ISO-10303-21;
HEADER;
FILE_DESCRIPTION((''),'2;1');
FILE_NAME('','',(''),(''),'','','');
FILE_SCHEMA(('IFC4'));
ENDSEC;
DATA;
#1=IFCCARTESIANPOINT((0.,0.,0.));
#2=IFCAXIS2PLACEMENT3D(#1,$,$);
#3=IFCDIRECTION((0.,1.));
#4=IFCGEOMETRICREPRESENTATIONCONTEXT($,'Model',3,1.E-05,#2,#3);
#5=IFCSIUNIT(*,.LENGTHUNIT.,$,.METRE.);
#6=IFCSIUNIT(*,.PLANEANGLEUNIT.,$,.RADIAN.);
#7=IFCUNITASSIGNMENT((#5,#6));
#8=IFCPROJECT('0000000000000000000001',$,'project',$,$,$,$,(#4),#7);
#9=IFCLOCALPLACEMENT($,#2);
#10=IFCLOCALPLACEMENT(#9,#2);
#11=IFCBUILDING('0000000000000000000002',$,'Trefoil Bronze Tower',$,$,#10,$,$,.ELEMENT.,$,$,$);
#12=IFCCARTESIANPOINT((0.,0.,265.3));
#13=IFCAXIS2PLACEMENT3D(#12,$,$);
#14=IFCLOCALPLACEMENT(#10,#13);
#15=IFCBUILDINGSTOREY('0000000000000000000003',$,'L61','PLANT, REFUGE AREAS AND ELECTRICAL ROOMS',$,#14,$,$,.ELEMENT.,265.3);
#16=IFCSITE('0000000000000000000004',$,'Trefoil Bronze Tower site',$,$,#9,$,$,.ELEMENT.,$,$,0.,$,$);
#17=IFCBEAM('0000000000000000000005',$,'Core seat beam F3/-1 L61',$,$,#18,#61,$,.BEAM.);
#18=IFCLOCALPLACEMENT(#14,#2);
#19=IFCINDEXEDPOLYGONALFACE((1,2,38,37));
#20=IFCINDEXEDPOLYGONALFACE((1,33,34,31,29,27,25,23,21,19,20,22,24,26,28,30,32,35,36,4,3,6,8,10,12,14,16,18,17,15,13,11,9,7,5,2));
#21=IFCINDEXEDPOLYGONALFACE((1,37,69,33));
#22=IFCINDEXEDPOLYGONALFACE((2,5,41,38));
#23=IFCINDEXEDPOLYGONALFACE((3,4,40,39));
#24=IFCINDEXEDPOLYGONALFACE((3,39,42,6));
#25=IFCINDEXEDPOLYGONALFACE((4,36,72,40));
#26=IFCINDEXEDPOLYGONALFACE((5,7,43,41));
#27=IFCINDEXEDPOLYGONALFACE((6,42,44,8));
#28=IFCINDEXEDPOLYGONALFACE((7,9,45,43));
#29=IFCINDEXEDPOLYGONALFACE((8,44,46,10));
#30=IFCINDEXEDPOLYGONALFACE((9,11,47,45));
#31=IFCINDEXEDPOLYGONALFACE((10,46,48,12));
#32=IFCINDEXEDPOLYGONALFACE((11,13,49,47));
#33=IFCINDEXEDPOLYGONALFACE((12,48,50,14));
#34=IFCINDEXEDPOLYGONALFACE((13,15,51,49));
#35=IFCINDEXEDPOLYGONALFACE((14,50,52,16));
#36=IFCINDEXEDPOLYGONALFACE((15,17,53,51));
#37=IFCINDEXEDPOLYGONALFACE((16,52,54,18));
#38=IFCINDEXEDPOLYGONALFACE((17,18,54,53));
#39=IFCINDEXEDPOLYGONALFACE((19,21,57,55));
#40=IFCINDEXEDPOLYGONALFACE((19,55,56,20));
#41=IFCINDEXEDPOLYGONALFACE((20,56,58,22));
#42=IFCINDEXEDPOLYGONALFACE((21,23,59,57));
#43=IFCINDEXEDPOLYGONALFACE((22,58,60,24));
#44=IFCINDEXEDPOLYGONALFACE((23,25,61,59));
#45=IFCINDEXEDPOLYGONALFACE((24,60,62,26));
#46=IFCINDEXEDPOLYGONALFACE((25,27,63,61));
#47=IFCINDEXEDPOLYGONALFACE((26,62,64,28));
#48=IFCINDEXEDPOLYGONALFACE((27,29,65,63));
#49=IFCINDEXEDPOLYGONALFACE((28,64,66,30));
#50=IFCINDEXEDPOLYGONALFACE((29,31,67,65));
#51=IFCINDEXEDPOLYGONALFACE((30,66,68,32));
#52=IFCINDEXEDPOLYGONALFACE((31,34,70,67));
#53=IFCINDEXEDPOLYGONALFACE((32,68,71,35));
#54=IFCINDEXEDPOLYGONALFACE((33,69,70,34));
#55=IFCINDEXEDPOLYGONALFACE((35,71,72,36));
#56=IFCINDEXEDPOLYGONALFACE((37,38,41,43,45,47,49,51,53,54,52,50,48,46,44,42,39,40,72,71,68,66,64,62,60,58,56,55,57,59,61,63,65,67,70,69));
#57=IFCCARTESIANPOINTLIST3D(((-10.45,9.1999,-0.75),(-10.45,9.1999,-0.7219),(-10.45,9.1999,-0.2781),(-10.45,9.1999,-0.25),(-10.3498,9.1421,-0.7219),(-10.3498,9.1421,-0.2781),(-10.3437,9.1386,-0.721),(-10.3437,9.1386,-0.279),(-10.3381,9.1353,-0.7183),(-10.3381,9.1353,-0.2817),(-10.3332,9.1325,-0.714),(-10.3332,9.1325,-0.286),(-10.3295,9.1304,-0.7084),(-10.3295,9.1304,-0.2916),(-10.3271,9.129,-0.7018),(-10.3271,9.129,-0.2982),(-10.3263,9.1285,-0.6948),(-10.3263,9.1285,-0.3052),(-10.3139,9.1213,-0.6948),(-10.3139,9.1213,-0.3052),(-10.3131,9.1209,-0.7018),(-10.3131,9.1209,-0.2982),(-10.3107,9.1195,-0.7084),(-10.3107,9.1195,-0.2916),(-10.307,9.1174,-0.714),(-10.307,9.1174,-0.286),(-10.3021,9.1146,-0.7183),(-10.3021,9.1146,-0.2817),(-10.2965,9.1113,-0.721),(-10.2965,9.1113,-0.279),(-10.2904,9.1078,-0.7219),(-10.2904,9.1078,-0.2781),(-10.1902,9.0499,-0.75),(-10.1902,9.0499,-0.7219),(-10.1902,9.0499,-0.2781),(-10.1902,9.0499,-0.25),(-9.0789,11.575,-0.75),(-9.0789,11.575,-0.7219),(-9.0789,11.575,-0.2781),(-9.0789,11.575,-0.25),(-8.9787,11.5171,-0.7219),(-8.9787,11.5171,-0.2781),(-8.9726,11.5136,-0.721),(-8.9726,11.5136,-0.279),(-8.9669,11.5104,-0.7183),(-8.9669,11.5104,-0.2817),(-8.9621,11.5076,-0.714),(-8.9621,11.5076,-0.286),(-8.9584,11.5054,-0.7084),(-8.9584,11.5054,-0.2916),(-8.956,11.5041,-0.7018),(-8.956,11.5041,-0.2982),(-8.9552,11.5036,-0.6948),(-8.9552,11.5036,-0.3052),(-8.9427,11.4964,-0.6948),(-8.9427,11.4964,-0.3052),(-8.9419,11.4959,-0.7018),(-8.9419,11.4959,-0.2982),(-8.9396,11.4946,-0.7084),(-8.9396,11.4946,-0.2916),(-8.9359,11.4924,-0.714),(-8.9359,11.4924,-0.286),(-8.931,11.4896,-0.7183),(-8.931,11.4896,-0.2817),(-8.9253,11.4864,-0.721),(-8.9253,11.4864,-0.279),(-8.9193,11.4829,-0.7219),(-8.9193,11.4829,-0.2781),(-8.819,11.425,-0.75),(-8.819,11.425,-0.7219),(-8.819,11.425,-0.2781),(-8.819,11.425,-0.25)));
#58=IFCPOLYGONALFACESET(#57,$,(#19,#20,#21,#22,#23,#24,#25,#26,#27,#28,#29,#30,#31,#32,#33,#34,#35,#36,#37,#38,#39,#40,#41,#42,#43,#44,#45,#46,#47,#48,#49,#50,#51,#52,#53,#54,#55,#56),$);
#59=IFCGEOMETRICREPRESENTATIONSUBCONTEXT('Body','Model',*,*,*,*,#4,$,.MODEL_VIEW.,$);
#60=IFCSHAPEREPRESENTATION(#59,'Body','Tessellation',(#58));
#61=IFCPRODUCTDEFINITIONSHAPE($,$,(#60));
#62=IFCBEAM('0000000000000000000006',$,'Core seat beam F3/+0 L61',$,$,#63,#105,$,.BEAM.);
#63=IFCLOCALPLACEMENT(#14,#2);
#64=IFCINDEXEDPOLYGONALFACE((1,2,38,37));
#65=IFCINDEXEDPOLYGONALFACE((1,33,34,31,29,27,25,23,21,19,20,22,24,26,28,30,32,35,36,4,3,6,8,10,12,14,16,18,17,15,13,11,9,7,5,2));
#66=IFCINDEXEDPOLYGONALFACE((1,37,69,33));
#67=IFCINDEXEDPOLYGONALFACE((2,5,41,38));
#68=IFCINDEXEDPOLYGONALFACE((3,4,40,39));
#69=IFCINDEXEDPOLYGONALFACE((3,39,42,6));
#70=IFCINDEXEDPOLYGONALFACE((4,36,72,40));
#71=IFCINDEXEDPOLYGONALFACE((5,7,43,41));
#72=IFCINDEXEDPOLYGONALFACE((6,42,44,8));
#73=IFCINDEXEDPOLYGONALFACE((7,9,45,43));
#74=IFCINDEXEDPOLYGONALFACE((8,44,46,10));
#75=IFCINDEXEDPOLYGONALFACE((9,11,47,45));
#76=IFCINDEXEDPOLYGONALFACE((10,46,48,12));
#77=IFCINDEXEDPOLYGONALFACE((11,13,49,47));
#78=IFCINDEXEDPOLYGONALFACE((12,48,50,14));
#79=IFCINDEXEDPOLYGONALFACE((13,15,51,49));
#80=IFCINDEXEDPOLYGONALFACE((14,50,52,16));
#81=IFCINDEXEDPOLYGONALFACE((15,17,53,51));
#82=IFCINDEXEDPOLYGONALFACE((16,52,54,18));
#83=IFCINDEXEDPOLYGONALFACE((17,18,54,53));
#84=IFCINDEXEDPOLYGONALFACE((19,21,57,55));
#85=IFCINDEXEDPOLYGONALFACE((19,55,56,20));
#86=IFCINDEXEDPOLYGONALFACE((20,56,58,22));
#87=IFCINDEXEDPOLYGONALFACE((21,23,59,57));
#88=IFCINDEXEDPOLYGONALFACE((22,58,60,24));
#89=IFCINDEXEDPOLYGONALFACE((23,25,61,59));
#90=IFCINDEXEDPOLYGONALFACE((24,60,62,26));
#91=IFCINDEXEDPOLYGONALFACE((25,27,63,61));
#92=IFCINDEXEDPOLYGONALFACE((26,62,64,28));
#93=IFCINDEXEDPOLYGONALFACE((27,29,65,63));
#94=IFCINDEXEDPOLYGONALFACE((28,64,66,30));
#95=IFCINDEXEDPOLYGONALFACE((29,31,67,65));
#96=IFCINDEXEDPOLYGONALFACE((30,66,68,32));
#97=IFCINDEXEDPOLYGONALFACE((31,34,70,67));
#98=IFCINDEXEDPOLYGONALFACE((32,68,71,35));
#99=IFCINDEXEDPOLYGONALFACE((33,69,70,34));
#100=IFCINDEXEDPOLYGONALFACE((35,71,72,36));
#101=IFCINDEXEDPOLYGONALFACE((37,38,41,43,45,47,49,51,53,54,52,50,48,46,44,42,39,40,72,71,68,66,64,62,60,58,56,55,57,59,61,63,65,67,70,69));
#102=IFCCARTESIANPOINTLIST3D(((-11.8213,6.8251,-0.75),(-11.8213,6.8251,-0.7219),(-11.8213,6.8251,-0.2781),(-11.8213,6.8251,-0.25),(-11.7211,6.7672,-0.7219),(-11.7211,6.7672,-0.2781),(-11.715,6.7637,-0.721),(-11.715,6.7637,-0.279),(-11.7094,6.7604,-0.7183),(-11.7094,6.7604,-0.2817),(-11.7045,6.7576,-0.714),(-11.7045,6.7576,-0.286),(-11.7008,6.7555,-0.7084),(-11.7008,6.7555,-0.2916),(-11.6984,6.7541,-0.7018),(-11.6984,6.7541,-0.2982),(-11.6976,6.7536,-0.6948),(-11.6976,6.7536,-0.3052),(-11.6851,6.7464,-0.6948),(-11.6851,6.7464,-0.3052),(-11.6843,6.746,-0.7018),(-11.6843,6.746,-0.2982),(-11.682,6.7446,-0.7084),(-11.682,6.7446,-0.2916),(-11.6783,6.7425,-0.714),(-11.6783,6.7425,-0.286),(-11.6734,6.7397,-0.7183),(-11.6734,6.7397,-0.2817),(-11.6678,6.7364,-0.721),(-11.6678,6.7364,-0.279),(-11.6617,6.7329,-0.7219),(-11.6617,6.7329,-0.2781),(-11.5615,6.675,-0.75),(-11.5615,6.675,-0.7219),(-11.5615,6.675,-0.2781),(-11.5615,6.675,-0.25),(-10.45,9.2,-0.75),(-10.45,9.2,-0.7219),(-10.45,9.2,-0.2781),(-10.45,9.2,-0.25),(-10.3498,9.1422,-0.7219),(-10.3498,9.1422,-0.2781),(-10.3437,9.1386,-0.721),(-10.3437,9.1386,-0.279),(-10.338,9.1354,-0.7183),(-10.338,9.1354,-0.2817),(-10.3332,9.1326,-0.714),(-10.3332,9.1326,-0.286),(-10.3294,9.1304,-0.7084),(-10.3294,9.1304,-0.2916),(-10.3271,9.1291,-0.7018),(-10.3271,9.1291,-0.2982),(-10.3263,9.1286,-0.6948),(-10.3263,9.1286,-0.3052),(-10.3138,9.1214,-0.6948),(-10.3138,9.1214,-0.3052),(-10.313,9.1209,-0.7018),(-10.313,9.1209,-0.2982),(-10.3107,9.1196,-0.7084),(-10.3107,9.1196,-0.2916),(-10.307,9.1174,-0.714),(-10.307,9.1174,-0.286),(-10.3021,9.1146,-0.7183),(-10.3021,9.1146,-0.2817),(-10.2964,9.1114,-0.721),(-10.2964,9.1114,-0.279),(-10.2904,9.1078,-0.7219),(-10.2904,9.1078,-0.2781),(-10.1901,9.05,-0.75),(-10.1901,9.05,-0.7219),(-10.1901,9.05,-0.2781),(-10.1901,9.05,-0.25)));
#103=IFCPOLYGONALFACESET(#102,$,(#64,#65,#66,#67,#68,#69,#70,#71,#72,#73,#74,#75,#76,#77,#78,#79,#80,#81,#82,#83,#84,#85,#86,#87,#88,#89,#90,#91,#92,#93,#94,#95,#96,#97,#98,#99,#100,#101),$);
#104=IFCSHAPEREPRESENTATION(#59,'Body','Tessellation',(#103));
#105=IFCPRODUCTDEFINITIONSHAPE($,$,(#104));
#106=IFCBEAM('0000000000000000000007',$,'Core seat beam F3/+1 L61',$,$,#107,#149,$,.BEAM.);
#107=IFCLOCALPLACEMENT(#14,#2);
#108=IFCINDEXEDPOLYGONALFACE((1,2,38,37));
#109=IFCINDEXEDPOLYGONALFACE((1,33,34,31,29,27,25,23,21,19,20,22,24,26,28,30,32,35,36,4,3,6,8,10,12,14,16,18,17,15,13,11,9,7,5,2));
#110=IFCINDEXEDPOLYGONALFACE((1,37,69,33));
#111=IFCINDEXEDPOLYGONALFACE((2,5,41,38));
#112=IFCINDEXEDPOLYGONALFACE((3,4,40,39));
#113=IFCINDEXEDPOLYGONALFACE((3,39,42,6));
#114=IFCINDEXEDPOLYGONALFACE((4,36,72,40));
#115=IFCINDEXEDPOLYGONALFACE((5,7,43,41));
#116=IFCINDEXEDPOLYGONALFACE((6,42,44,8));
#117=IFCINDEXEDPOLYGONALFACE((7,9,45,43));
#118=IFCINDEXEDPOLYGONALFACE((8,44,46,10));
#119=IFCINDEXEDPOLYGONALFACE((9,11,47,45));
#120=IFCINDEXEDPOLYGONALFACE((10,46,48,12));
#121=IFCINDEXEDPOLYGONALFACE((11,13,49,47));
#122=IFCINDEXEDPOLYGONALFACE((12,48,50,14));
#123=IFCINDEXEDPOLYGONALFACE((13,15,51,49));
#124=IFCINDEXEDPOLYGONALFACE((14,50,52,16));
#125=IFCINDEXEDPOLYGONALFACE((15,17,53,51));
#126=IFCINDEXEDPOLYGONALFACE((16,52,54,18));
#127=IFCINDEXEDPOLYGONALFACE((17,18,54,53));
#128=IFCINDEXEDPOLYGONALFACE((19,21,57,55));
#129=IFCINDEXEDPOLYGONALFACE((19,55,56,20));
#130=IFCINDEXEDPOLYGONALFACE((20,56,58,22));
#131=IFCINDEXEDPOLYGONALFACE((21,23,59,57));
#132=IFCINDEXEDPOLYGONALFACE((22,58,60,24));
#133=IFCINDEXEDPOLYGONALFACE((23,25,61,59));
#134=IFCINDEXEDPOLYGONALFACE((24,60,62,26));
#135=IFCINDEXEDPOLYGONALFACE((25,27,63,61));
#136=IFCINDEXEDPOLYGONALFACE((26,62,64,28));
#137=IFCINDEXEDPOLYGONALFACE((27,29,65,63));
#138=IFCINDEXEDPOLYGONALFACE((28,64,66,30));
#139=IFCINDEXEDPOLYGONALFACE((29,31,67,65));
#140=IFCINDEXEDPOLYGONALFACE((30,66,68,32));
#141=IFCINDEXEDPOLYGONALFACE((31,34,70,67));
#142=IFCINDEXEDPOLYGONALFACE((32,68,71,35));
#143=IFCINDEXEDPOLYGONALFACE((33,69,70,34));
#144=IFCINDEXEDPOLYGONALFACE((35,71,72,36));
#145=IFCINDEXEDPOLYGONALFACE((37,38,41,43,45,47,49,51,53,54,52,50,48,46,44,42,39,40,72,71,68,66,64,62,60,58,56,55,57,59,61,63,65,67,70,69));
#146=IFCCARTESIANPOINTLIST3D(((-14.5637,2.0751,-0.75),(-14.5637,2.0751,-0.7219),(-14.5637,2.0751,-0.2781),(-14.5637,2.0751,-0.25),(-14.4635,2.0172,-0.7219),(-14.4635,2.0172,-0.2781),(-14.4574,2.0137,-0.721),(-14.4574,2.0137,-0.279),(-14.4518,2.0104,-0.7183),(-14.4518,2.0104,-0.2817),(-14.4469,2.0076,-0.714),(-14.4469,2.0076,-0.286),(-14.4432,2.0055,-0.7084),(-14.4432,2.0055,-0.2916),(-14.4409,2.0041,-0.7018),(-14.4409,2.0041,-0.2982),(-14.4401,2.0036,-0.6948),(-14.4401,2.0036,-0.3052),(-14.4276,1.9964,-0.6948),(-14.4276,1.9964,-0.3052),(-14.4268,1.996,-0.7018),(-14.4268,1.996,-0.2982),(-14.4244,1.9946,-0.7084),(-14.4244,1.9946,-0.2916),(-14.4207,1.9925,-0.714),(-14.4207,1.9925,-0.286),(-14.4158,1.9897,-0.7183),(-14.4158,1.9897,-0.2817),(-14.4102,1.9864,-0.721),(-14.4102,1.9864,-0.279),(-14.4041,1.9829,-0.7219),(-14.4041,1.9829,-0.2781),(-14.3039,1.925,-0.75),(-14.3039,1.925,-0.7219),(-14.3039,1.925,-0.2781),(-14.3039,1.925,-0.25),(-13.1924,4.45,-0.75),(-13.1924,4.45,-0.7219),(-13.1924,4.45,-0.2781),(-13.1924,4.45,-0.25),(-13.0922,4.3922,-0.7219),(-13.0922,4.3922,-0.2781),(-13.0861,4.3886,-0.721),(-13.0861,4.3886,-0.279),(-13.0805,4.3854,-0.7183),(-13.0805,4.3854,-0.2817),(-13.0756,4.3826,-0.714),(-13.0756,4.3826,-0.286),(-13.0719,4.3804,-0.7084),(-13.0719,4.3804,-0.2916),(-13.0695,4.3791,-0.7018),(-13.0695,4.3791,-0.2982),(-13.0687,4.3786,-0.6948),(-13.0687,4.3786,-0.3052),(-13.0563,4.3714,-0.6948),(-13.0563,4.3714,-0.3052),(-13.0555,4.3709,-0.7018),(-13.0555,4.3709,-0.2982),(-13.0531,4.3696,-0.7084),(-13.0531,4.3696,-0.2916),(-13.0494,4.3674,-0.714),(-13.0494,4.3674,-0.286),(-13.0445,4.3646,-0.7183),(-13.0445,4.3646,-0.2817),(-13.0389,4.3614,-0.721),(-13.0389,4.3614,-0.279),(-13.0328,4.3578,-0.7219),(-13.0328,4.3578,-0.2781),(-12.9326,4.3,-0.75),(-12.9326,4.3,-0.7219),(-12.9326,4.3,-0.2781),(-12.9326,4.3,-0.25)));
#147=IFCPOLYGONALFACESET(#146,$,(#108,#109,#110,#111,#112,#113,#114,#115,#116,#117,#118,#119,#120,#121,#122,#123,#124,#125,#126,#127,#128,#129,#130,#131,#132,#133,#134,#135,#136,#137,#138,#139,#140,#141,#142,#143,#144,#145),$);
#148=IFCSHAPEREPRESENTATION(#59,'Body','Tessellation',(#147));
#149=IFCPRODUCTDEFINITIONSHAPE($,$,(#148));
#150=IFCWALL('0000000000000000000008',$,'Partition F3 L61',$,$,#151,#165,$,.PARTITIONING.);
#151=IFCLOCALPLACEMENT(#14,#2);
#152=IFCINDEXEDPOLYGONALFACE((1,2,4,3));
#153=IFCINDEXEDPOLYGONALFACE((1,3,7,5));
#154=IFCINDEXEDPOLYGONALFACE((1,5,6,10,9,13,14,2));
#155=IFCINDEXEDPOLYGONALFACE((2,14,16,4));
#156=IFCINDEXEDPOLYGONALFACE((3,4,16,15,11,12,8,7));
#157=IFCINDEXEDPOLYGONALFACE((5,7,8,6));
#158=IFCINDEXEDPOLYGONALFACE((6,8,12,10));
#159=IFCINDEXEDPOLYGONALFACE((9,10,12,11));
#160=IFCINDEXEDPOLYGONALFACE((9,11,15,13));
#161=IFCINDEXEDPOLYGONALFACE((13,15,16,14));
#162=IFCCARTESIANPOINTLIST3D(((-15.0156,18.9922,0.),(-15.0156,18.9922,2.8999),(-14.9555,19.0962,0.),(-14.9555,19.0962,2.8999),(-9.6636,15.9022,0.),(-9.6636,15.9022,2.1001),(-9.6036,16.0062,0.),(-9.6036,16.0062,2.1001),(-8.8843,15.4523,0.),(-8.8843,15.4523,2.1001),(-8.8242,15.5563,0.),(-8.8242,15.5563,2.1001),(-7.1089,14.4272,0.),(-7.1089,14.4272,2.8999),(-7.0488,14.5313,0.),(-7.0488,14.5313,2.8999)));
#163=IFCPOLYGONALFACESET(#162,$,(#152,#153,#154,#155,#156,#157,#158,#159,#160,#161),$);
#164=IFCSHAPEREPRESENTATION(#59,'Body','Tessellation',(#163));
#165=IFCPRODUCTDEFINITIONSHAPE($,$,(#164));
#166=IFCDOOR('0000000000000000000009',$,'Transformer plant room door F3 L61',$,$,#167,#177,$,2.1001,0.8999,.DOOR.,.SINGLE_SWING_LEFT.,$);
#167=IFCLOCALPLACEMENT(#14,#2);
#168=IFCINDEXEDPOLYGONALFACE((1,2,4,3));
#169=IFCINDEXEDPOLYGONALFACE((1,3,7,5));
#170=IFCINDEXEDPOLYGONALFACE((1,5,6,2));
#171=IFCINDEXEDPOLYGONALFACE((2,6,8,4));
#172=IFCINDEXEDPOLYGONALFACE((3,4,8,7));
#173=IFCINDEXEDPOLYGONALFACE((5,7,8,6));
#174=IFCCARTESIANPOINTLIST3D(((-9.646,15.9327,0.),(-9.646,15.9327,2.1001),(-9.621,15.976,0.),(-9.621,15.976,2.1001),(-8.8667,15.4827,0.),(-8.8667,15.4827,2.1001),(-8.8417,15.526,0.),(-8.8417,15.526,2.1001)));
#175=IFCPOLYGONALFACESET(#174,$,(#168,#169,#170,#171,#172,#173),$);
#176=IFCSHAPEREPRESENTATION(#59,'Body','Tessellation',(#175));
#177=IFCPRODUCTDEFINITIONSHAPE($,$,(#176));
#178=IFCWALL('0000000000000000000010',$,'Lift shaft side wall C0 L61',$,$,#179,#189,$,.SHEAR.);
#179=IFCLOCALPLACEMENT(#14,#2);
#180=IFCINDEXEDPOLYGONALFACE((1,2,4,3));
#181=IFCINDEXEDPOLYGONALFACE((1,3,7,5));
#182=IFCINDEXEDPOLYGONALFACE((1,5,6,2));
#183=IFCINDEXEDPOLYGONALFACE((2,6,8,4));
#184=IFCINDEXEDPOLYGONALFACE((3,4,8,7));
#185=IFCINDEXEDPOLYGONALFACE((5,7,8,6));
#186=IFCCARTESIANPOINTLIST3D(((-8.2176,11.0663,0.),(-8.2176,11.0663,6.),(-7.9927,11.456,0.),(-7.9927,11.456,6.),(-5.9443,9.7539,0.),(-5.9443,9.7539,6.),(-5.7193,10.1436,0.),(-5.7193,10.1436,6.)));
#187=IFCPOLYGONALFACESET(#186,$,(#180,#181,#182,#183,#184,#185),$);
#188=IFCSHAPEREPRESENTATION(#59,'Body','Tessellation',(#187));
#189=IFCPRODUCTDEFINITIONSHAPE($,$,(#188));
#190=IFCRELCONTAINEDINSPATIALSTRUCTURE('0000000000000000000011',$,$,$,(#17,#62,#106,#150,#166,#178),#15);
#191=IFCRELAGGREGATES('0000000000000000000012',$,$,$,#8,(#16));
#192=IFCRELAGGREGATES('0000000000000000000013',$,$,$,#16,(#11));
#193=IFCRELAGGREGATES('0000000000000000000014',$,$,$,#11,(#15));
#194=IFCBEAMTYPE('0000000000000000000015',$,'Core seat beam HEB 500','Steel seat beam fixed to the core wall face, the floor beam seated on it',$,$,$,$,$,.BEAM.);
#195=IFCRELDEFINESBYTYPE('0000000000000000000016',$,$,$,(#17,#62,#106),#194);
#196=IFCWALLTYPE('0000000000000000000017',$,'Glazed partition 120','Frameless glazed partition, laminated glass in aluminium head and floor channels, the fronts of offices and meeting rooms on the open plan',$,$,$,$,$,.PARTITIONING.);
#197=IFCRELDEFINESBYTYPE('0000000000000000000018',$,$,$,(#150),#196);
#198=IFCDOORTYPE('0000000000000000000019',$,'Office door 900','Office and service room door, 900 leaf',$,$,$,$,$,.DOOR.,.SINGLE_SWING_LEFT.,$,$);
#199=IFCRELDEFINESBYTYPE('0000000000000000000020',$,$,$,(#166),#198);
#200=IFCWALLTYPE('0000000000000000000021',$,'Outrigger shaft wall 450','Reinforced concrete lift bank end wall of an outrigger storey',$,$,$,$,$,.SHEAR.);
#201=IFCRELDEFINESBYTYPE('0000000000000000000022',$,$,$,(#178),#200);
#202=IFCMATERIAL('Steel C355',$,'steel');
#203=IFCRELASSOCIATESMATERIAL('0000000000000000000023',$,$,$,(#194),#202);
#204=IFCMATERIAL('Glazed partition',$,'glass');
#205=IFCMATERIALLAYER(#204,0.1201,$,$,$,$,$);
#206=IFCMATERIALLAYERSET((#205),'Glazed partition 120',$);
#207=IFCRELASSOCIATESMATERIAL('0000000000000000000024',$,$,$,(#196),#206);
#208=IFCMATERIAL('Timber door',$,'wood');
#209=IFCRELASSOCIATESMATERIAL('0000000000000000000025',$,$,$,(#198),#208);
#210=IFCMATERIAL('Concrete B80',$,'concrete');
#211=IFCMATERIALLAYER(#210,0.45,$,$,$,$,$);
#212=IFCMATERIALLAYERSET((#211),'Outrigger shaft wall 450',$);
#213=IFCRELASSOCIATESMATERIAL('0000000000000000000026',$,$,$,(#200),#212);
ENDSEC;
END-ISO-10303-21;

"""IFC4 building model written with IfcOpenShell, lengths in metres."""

from ifc_helpers import new_model, si_unit, direction, frame, frame_2d, origin, origin_2d, place, context, subcontext, project, spatial, rectangle, i_section, extrude, material, layer, layer_set, material_profile, profile_set, type_object, element, fill, save


model = new_model("IFC4")

# Units and contexts
model_context = context("Model", 3, precision=1e-05, world=origin(), true_north=direction((0.0, 1.0)))
body_context = subcontext(model_context, "Body", "Model", "MODEL_VIEW")
ifc_project = project(units=[si_unit("LENGTHUNIT", "METRE"), si_unit("PLANEANGLEUNIT", "RADIAN")], contexts=[model_context])

# Site, building, storey
site_placement = place(None, origin())
site = spatial("IfcSite", under=ifc_project, at=site_placement, Name="Trefoil Bronze Tower site", CompositionType="ELEMENT", RefElevation=0.0)
building_placement = place(site_placement, origin())
building = spatial("IfcBuilding", under=site, at=building_placement, Name="Trefoil Bronze Tower", CompositionType="ELEMENT")
storey_placement = place(building_placement, frame((0.0, 0.0, 265.3)))
storey = spatial("IfcBuildingStorey", under=building, at=storey_placement, Name="L61", Description="PLANT, REFUGE AREAS AND ELECTRICAL ROOMS", CompositionType="ELEMENT", Elevation=265.3)

# Beams
ifc_material_1 = material(Name="Steel C355", Category="steel")
ifc_material_profile = material_profile(ifc_material_1, i_section(OverallWidth=0.3, OverallDepth=0.5, WebThickness=0.0144, FlangeThickness=0.0281, FilletRadius=0.0271, at=origin_2d()), Name="HEB 500")
ifc_profile_set = profile_set([ifc_material_profile], Name="Steel C355")
beam_type = type_object("IfcBeamType", Name="Core seat beam HEB 500", Description="Steel seat beam fixed to the core wall face, the floor beam seated on it", PredefinedType="BEAM", material=ifc_profile_set)
for number, where, z_axis, x_axis, name in (
    (1, (-8.949, 11.5, -0.5), (-0.499969, -0.866043, 0.0), (0.866043, -0.499969, 0.0), "Core seat beam F3/-1 L61"),
    (2, (-10.3201, 9.125, -0.5), (-0.500036, -0.866005, 0.0), (0.866005, -0.500036, 0.0), "Core seat beam F3/+0 L61"),
    (3, (-13.0625, 4.375, -0.5), (-0.500036, -0.866005, 0.0), (0.866005, -0.500036, 0.0), "Core seat beam F3/+1 L61"),
):
    element("IfcBeam", number, at=place(storey_placement, frame(where, z_axis=z_axis, x_axis=x_axis)), inside=storey, type_object=beam_type, Name=name, PredefinedType="BEAM", context=body_context, shape_type="SweptSolid", body=[
        extrude(i_section(OverallWidth=0.3, OverallDepth=0.5, WebThickness=0.0144, FlangeThickness=0.0281, FilletRadius=0.0271, at=origin_2d()), origin(), (0.0, 0.0, 1.0), 2.7424),
    ])

# Wall, opening, door
ifc_material_2 = material(Name="Glazed partition", Category="glass")
ifc_layer_1 = layer(ifc_material_2, 0.1201)
ifc_layer_set_1 = layer_set([ifc_layer_1], Name="Glazed partition 120")
wall_type_1 = type_object("IfcWallType", Name="Glazed partition 120", Description="Frameless glazed partition, laminated glass in aluminium head and floor channels, the fronts of offices and meeting rooms on the open plan", PredefinedType="PARTITIONING", material=ifc_layer_set_1)
wall_1_placement = place(storey_placement, frame((-7.0789, 14.4792, 0.0), z_axis=(0.0, 0.0, 1.0), x_axis=(-0.866026, 0.499999, 0.0)))
wall_1 = element("IfcWall", 4, at=wall_1_placement, inside=storey, type_object=wall_type_1, Name="Partition F3 L61", PredefinedType="PARTITIONING", context=body_context, shape_type="SweptSolid", body=[
    extrude(rectangle(XDim=9.1299, YDim=0.1201, at=frame_2d((4.5649, 0.0))), origin(), (0.0, 0.0, 1.0), 2.8999),
])
opening_1_placement = place(wall_1_placement, frame((2.05, 0.0, 0.0)))
opening_1 = element("IfcOpeningElement", 5, at=opening_1_placement, cuts=wall_1, PredefinedType="OPENING", context=body_context, shape_type="SweptSolid", body=[
    extrude(rectangle(XDim=0.8999, YDim=2.1001, at=frame_2d((0.45, 1.05))), frame((0.0, 0.0701, 0.0), z_axis=(0.0, -1.0, 0.0), x_axis=(1.0, 0.0, 0.0)), (0.0, 0.0, 1.0), 0.1401),
])
ifc_material_3 = material(Name="Timber door", Category="wood")
door_type_1 = type_object("IfcDoorType", Name="Office door 900", Description="Office and service room door, 900 leaf", OperationType="SINGLE_SWING_LEFT", PredefinedType="DOOR", material=ifc_material_3)
door_1_placement = place(opening_1_placement, origin())
door_1 = element("IfcDoor", 6, at=door_1_placement, inside=storey, type_object=door_type_1, Name="Transformer plant room door F3 L61", OperationType="SINGLE_SWING_LEFT", OverallHeight=2.1001, OverallWidth=0.8999, PredefinedType="DOOR", context=body_context, shape_type="SweptSolid", body=[
    extrude(rectangle(XDim=0.8999, YDim=2.1001, at=frame_2d((0.45, 1.05))), frame((0.0, 0.0249, 0.0), z_axis=(0.0, -1.0, 0.0), x_axis=(1.0, 0.0, 0.0)), (0.0, 0.0, 1.0), 0.05),
])
fill(opening_1, door_1)

# Wall
ifc_material_4 = material(Name="Concrete B80", Category="concrete")
ifc_layer_2 = layer(ifc_material_4, 0.45)
ifc_layer_set_2 = layer_set([ifc_layer_2], Name="Outrigger shaft wall 450")
wall_type_2 = type_object("IfcWallType", Name="Outrigger shaft wall 450", Description="Reinforced concrete lift bank end wall of an outrigger storey", PredefinedType="SHEAR", material=ifc_layer_set_2)
for number, where, z_axis, x_axis, name in (
    (7, (-5.8318, 9.9487, 0.0), (0.0, 0.0, 1.0), (-0.866037, 0.49998, 0.0), "Lift shaft side wall C0 L61"),
):
    element("IfcWall", number, at=place(storey_placement, frame(where, z_axis=z_axis, x_axis=x_axis)), inside=storey, type_object=wall_type_2, Name=name, PredefinedType="SHEAR", context=body_context, shape_type="SweptSolid", body=[
        extrude(rectangle(XDim=2.625, YDim=0.45, at=frame_2d((1.3125, 0.0))), origin(), (0.0, 0.0, 1.0), 6.0),
    ])

save(model, "model.ifc")
